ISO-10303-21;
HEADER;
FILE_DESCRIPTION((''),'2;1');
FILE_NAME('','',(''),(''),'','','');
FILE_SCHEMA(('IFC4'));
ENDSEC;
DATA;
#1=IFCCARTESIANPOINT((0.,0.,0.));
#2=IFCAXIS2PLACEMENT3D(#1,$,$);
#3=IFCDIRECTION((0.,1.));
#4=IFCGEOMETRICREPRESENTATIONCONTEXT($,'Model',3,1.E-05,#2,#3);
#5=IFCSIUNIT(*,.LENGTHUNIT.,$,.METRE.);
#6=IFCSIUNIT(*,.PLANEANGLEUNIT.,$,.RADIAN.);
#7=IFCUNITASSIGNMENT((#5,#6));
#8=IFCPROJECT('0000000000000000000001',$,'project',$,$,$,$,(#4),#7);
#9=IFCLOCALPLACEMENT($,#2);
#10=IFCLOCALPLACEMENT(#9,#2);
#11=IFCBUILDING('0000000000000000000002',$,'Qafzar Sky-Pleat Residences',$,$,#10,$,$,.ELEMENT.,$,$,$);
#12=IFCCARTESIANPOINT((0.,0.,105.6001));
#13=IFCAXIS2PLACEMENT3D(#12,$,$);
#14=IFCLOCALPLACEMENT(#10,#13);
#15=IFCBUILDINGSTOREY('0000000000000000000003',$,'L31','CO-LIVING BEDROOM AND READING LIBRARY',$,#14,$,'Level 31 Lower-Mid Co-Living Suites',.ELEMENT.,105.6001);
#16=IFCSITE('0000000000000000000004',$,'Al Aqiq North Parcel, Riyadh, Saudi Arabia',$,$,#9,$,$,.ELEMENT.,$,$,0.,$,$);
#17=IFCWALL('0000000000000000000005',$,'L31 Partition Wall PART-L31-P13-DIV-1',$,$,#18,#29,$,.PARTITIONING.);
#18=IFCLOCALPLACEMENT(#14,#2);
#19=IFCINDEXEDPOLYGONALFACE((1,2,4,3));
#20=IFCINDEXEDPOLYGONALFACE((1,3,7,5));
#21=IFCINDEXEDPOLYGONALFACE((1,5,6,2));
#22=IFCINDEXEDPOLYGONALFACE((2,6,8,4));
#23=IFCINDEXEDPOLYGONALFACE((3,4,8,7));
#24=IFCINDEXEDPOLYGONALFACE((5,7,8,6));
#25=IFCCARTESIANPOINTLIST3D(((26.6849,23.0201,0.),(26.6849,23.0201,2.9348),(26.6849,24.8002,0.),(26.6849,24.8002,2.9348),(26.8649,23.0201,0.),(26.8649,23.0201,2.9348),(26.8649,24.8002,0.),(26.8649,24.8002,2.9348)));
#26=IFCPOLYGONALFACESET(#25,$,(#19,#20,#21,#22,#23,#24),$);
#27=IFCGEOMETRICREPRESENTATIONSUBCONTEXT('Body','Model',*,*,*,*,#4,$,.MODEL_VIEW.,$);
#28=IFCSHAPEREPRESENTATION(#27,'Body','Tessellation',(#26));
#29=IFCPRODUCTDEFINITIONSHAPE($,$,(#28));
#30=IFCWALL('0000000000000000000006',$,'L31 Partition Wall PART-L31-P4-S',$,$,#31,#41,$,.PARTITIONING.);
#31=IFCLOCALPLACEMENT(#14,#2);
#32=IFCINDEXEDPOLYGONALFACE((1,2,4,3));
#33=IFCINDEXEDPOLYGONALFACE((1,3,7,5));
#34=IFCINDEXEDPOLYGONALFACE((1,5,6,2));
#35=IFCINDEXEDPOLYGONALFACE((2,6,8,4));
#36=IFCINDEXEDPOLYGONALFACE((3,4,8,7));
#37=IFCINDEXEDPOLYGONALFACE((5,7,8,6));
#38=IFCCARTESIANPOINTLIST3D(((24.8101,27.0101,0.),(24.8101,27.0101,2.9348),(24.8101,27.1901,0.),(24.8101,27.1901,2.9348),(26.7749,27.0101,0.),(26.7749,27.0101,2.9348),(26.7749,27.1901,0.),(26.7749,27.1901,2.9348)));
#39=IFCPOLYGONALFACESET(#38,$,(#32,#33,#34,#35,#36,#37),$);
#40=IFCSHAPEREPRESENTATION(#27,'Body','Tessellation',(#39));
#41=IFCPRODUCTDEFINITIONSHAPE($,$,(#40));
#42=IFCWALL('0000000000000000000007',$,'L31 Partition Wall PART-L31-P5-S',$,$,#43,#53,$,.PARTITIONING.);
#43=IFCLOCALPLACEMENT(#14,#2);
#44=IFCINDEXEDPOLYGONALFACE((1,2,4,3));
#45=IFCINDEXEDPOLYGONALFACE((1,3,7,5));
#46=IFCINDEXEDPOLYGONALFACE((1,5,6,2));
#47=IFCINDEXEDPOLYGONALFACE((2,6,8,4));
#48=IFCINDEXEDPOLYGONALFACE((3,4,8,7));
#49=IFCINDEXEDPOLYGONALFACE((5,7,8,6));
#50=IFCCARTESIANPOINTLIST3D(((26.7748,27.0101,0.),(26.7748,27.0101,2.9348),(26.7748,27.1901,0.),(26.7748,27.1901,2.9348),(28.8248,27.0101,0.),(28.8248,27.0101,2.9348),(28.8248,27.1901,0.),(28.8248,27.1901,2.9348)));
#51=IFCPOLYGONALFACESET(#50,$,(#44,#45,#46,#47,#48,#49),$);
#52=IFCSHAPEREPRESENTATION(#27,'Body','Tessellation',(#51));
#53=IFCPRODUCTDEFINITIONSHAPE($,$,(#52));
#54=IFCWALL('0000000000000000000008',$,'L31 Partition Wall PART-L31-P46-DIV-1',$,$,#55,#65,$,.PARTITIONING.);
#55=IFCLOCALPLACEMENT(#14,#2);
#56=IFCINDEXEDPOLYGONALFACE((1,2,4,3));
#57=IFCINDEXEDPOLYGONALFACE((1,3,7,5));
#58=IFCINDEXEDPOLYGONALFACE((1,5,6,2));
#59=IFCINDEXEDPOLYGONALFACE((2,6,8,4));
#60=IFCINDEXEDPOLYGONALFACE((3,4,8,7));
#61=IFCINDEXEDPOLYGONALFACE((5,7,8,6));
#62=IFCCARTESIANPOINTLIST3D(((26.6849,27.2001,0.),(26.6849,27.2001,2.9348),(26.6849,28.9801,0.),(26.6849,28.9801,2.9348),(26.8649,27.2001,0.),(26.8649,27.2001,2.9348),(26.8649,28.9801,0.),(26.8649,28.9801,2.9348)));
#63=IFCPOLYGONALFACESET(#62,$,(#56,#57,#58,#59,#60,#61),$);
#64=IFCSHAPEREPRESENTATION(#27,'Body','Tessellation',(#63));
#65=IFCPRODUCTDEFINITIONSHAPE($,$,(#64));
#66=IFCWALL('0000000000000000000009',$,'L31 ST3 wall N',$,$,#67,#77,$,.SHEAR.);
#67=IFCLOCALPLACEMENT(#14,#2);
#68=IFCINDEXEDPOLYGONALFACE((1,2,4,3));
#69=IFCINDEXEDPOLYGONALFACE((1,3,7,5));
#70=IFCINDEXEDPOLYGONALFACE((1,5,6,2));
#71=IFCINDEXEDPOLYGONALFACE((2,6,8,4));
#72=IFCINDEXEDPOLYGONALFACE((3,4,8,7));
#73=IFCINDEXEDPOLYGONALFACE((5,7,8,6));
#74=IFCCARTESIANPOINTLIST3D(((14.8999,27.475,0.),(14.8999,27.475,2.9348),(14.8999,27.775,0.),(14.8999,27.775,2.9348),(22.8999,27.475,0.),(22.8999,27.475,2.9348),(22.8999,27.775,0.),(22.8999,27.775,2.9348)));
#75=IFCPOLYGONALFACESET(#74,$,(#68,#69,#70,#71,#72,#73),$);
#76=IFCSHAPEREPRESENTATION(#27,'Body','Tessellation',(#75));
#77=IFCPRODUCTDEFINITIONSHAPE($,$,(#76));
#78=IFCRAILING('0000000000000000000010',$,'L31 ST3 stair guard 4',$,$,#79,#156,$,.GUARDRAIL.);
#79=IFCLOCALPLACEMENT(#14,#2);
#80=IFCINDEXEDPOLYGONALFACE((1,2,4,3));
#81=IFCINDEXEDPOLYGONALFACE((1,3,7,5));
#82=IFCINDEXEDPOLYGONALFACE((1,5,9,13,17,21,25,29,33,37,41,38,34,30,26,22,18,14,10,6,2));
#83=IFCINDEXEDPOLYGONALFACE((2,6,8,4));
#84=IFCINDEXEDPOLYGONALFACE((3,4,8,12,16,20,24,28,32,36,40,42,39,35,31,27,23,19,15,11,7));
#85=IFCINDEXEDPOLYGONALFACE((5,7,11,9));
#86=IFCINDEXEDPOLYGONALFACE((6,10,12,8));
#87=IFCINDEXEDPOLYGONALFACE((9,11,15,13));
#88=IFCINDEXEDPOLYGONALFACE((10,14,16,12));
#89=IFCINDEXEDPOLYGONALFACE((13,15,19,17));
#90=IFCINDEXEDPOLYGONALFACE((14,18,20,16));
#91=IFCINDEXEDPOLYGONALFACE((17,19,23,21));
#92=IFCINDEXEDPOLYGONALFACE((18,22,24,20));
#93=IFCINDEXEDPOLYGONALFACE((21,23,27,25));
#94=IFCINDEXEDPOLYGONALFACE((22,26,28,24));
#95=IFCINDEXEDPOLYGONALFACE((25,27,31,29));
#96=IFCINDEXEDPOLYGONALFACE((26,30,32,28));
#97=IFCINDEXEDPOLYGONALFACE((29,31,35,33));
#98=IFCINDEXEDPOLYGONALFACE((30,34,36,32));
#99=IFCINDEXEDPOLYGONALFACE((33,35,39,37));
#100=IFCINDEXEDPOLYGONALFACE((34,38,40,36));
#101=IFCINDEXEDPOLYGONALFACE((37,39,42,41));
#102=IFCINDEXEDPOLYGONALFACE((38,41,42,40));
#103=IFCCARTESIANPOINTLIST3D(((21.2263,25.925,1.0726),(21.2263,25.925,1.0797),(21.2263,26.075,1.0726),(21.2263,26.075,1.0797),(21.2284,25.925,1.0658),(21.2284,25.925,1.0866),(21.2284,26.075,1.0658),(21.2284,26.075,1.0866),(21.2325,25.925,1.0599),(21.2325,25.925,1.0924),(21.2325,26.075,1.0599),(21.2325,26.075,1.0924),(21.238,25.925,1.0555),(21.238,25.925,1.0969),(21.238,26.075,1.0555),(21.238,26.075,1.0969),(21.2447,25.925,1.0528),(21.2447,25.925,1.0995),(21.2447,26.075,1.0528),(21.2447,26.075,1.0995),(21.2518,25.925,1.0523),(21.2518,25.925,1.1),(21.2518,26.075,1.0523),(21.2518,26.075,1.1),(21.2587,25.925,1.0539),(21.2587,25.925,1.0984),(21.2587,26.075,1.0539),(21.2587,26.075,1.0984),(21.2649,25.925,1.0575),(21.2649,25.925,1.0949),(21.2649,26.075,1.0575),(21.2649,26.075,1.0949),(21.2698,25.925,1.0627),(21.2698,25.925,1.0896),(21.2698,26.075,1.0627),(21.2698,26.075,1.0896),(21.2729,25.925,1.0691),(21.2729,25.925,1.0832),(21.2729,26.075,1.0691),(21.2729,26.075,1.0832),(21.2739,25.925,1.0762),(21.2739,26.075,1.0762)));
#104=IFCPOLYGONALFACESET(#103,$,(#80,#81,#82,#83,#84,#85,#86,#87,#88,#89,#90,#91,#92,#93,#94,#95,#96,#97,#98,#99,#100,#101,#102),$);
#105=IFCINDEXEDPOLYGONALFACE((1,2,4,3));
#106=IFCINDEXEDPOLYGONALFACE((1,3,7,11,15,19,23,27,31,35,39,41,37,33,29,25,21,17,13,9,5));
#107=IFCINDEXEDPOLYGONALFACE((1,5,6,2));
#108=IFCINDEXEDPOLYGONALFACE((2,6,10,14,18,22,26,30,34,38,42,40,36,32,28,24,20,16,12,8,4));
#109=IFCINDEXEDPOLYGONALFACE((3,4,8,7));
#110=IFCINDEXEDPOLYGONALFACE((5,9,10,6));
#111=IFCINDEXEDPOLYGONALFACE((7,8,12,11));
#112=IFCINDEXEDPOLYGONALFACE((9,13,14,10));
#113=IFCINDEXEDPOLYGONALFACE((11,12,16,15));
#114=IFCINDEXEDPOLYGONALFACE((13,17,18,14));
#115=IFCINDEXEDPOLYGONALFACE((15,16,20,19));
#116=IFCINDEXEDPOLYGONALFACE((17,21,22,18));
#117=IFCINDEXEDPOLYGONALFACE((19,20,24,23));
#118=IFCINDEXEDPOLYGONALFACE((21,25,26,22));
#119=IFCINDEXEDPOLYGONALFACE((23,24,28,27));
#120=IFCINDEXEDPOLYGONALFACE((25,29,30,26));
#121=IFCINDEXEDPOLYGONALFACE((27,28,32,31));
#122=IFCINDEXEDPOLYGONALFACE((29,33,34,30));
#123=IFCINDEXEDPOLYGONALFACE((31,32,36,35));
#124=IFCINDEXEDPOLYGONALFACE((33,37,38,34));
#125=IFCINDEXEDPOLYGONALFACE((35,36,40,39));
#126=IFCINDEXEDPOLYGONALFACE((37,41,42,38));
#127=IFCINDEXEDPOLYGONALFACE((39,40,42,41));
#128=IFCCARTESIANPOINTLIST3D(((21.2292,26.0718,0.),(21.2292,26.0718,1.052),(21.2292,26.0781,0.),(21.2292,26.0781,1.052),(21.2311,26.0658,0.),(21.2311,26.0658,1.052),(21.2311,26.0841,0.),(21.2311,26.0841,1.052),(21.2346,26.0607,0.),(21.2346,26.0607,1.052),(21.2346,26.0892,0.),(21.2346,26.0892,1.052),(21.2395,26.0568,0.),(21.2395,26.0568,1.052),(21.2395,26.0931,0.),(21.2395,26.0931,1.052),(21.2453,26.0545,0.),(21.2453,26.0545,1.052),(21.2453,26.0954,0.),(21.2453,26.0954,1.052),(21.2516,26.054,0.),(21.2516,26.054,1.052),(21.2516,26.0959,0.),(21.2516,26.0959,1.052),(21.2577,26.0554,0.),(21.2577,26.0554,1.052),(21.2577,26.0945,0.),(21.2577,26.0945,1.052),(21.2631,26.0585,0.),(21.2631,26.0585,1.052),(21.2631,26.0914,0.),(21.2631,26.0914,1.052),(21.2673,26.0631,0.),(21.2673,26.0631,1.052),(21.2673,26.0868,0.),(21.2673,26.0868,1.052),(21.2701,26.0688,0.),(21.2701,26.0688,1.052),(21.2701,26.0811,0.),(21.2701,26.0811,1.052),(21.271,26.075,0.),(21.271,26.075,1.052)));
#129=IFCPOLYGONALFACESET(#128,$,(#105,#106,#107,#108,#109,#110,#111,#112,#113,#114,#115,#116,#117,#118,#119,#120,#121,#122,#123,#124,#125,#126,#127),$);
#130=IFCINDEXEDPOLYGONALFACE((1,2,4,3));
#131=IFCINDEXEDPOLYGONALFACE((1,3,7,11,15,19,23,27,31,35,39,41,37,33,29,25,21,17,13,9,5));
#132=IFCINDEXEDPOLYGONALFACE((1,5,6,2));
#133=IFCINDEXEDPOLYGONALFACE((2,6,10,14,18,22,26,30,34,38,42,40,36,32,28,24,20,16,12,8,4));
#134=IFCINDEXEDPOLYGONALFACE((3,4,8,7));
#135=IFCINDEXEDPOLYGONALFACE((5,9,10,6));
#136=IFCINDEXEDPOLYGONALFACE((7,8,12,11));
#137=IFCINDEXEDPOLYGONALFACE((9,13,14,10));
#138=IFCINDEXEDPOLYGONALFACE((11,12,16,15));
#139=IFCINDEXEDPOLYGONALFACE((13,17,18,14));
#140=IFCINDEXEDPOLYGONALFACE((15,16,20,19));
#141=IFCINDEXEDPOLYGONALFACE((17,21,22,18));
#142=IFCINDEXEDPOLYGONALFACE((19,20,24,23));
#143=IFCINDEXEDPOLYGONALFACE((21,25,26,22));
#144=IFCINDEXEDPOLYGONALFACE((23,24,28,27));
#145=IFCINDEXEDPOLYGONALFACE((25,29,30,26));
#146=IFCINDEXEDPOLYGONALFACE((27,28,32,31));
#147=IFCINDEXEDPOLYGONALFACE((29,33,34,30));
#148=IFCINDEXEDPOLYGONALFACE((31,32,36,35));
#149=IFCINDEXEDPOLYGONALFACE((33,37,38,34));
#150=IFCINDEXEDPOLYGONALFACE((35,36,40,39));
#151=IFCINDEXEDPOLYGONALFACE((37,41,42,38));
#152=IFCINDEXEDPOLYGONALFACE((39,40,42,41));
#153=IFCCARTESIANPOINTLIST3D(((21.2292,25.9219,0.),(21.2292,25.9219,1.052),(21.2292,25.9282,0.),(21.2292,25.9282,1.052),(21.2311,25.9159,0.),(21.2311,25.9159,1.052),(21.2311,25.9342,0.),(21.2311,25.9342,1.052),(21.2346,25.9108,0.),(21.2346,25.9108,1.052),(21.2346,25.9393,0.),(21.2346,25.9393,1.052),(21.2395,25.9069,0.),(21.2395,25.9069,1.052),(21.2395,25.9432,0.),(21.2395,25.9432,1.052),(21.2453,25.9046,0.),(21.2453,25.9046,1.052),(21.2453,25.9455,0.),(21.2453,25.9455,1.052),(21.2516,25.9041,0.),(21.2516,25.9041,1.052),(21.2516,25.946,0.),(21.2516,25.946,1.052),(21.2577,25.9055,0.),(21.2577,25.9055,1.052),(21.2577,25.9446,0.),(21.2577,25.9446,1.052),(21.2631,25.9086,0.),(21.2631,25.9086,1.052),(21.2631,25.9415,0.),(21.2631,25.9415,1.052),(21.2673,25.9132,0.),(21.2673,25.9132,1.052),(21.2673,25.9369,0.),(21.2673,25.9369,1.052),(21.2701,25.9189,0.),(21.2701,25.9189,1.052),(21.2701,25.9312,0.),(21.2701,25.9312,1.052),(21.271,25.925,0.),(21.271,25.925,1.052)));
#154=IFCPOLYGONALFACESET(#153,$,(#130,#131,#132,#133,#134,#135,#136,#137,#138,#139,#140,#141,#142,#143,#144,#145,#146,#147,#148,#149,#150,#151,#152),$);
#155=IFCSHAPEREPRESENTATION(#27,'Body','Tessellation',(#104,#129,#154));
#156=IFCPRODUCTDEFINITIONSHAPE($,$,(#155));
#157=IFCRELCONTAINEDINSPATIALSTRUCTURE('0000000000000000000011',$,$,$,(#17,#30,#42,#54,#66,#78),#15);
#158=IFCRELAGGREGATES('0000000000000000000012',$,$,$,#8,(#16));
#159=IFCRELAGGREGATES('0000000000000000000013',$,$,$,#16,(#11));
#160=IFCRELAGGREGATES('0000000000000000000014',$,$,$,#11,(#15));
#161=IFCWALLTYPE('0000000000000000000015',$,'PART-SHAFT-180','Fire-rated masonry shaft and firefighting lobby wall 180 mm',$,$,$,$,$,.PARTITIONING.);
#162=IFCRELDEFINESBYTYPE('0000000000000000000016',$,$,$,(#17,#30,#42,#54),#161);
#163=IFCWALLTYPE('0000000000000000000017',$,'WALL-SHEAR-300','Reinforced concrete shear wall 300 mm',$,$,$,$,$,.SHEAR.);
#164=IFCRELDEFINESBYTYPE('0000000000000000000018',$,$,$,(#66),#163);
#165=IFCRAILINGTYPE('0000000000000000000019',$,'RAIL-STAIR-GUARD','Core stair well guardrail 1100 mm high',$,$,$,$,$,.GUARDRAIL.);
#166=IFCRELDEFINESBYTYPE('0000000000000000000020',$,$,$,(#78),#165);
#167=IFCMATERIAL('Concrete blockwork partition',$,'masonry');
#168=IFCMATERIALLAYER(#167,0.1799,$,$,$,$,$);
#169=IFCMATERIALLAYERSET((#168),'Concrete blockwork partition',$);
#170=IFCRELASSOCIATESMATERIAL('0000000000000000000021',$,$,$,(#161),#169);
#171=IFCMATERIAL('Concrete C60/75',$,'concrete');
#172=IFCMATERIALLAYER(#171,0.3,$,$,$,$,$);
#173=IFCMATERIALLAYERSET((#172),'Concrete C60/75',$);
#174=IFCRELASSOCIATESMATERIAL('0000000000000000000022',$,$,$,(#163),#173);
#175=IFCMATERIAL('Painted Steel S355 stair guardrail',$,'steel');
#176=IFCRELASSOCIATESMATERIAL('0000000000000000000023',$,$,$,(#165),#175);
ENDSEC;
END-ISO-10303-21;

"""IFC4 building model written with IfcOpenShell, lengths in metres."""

from ifc_helpers import new_model, si_unit, direction, frame, frame_2d, origin, origin_2d, place, context, subcontext, project, spatial, rectangle, circle, extrude, source, transform, mapped, material, layer, layer_set, type_object, element, save


model = new_model("IFC4")

# Units and contexts
model_context = context("Model", 3, precision=1e-05, world=origin(), true_north=direction((0.0, 1.0)))
body_context = subcontext(model_context, "Body", "Model", "MODEL_VIEW")
ifc_project = project(units=[si_unit("LENGTHUNIT", "METRE"), si_unit("PLANEANGLEUNIT", "RADIAN")], contexts=[model_context])

# Site, building, storey
site_placement = place(None, origin())
site = spatial("IfcSite", under=ifc_project, at=site_placement, Name="Al Aqiq North Parcel, Riyadh, Saudi Arabia", CompositionType="ELEMENT", RefElevation=0.0)
building_placement = place(site_placement, origin())
building = spatial("IfcBuilding", under=site, at=building_placement, Name="Qafzar Sky-Pleat Residences", CompositionType="ELEMENT")
storey_placement = place(building_placement, frame((0.0, 0.0, 105.6001)))
storey = spatial("IfcBuildingStorey", under=building, at=storey_placement, Name="L31", Description="CO-LIVING BEDROOM AND READING LIBRARY", LongName="Level 31 Lower-Mid Co-Living Suites", CompositionType="ELEMENT", Elevation=105.6001)

# Shared definitions
ifc_material_1 = material(Name="Concrete blockwork partition", Category="masonry")
ifc_layer_1 = layer(ifc_material_1, 0.1799)
ifc_layer_set_1 = layer_set([ifc_layer_1], Name="Concrete blockwork partition")
wall_type_1 = type_object("IfcWallType", Name="PART-SHAFT-180", Description="Fire-rated masonry shaft and firefighting lobby wall 180 mm", PredefinedType="PARTITIONING", material=ifc_layer_set_1)

# Walls
wall_1_placement = place(storey_placement, frame((26.7749, 23.02, 0.0), z_axis=(0.0, 0.0, 1.0), x_axis=(0.0, 1.0, 0.0)))
element("IfcWall", 1, at=wall_1_placement, inside=storey, type_object=wall_type_1, Name="L31 Partition Wall PART-L31-P13-DIV-1", PredefinedType="PARTITIONING", context=body_context, shape_type="SweptSolid", body=[
    extrude(rectangle(XDim=1.78, YDim=0.1799, at=frame_2d((0.8901, 0.0))), origin(), (0.0, 0.0, 1.0), 2.9348),
])
wall_2_placement = place(storey_placement, frame((24.8101, 27.1001, 0.0), z_axis=(0.0, 0.0, 1.0), x_axis=(1.0, 0.0, 0.0)))
element("IfcWall", 2, at=wall_2_placement, inside=storey, type_object=wall_type_1, Name="L31 Partition Wall PART-L31-P4-S", PredefinedType="PARTITIONING", context=body_context, shape_type="SweptSolid", body=[
    extrude(rectangle(XDim=1.9648, YDim=0.1799, at=frame_2d((0.9824, 0.0))), origin(), (0.0, 0.0, 1.0), 2.9348),
])
wall_3_placement = place(storey_placement, frame((26.7749, 27.1001, 0.0), z_axis=(0.0, 0.0, 1.0), x_axis=(1.0, 0.0, 0.0)))
element("IfcWall", 3, at=wall_3_placement, inside=storey, type_object=wall_type_1, Name="L31 Partition Wall PART-L31-P5-S", PredefinedType="PARTITIONING", context=body_context, shape_type="SweptSolid", body=[
    extrude(rectangle(XDim=2.05, YDim=0.1799, at=frame_2d((1.0249, 0.0))), origin(), (0.0, 0.0, 1.0), 2.9348),
])
wall_4_placement = place(storey_placement, frame((26.7749, 27.2, 0.0), z_axis=(0.0, 0.0, 1.0), x_axis=(0.0, 1.0, 0.0)))
element("IfcWall", 4, at=wall_4_placement, inside=storey, type_object=wall_type_1, Name="L31 Partition Wall PART-L31-P46-DIV-1", PredefinedType="PARTITIONING", context=body_context, shape_type="SweptSolid", body=[
    extrude(rectangle(XDim=1.78, YDim=0.1799, at=frame_2d((0.8901, 0.0))), origin(), (0.0, 0.0, 1.0), 2.9348),
])
ifc_material_2 = material(Name="Concrete C60/75", Category="concrete")
ifc_layer_2 = layer(ifc_material_2, 0.3)
ifc_layer_set_2 = layer_set([ifc_layer_2], Name="Concrete C60/75")
wall_type_2 = type_object("IfcWallType", Name="WALL-SHEAR-300", Description="Reinforced concrete shear wall 300 mm", PredefinedType="SHEAR", material=ifc_layer_set_2)
wall_5_placement = place(storey_placement, frame((22.8999, 27.625, 0.0), z_axis=(0.0, 0.0, 1.0), x_axis=(-1.0, 0.0, 0.0)))
element("IfcWall", 5, at=wall_5_placement, inside=storey, type_object=wall_type_2, Name="L31 ST3 wall N", PredefinedType="SHEAR", context=body_context, shape_type="SweptSolid", body=[
    extrude(rectangle(XDim=8.0, YDim=0.3, at=frame_2d((4.0, 0.0))), origin(), (0.0, 0.0, 1.0), 2.9348),
])

# Railing
ifc_material_3 = material(Name="Painted Steel S355 stair guardrail", Category="steel")
railing_type = type_object("IfcRailingType", Name="RAIL-STAIR-GUARD", Description="Core stair well guardrail 1100 mm high", PredefinedType="GUARDRAIL", material=ifc_material_3)
shared_shape_1 = source(origin(), body_context, "Body", "SweptSolid", [
    extrude(circle(Radius=0.0239, at=origin_2d()), frame((0.0, 0.0, 1.0762), z_axis=(0.0, -1.0, 0.0), x_axis=(1.0, 0.0, 0.0)), (0.0, 0.0, 1.0), 0.1499),
    extrude(circle(Radius=0.021, at=origin_2d()), origin(), (0.0, 0.0, 1.0), 1.052),
    extrude(circle(Radius=0.021, at=origin_2d()), frame((0.0, -0.1499, 0.0)), (0.0, 0.0, 1.0), 1.052),
])
railing_placement = place(storey_placement, frame((21.25, 26.075, 0.0)))
element("IfcRailing", 6, at=railing_placement, inside=storey, type_object=railing_type, Name="L31 ST3 stair guard 4", PredefinedType="GUARDRAIL", context=body_context, shape_type="MappedRepresentation", body=[
    mapped(shared_shape_1, transform((0.0, 0.0, 0.0), x_axis=(1.0, 0.0, 0.0), y_axis=(0.0, 1.0, 0.0), z_axis=(0.0, 0.0, 1.0), scale=1.0)),
])

save(model, "model.ifc")
